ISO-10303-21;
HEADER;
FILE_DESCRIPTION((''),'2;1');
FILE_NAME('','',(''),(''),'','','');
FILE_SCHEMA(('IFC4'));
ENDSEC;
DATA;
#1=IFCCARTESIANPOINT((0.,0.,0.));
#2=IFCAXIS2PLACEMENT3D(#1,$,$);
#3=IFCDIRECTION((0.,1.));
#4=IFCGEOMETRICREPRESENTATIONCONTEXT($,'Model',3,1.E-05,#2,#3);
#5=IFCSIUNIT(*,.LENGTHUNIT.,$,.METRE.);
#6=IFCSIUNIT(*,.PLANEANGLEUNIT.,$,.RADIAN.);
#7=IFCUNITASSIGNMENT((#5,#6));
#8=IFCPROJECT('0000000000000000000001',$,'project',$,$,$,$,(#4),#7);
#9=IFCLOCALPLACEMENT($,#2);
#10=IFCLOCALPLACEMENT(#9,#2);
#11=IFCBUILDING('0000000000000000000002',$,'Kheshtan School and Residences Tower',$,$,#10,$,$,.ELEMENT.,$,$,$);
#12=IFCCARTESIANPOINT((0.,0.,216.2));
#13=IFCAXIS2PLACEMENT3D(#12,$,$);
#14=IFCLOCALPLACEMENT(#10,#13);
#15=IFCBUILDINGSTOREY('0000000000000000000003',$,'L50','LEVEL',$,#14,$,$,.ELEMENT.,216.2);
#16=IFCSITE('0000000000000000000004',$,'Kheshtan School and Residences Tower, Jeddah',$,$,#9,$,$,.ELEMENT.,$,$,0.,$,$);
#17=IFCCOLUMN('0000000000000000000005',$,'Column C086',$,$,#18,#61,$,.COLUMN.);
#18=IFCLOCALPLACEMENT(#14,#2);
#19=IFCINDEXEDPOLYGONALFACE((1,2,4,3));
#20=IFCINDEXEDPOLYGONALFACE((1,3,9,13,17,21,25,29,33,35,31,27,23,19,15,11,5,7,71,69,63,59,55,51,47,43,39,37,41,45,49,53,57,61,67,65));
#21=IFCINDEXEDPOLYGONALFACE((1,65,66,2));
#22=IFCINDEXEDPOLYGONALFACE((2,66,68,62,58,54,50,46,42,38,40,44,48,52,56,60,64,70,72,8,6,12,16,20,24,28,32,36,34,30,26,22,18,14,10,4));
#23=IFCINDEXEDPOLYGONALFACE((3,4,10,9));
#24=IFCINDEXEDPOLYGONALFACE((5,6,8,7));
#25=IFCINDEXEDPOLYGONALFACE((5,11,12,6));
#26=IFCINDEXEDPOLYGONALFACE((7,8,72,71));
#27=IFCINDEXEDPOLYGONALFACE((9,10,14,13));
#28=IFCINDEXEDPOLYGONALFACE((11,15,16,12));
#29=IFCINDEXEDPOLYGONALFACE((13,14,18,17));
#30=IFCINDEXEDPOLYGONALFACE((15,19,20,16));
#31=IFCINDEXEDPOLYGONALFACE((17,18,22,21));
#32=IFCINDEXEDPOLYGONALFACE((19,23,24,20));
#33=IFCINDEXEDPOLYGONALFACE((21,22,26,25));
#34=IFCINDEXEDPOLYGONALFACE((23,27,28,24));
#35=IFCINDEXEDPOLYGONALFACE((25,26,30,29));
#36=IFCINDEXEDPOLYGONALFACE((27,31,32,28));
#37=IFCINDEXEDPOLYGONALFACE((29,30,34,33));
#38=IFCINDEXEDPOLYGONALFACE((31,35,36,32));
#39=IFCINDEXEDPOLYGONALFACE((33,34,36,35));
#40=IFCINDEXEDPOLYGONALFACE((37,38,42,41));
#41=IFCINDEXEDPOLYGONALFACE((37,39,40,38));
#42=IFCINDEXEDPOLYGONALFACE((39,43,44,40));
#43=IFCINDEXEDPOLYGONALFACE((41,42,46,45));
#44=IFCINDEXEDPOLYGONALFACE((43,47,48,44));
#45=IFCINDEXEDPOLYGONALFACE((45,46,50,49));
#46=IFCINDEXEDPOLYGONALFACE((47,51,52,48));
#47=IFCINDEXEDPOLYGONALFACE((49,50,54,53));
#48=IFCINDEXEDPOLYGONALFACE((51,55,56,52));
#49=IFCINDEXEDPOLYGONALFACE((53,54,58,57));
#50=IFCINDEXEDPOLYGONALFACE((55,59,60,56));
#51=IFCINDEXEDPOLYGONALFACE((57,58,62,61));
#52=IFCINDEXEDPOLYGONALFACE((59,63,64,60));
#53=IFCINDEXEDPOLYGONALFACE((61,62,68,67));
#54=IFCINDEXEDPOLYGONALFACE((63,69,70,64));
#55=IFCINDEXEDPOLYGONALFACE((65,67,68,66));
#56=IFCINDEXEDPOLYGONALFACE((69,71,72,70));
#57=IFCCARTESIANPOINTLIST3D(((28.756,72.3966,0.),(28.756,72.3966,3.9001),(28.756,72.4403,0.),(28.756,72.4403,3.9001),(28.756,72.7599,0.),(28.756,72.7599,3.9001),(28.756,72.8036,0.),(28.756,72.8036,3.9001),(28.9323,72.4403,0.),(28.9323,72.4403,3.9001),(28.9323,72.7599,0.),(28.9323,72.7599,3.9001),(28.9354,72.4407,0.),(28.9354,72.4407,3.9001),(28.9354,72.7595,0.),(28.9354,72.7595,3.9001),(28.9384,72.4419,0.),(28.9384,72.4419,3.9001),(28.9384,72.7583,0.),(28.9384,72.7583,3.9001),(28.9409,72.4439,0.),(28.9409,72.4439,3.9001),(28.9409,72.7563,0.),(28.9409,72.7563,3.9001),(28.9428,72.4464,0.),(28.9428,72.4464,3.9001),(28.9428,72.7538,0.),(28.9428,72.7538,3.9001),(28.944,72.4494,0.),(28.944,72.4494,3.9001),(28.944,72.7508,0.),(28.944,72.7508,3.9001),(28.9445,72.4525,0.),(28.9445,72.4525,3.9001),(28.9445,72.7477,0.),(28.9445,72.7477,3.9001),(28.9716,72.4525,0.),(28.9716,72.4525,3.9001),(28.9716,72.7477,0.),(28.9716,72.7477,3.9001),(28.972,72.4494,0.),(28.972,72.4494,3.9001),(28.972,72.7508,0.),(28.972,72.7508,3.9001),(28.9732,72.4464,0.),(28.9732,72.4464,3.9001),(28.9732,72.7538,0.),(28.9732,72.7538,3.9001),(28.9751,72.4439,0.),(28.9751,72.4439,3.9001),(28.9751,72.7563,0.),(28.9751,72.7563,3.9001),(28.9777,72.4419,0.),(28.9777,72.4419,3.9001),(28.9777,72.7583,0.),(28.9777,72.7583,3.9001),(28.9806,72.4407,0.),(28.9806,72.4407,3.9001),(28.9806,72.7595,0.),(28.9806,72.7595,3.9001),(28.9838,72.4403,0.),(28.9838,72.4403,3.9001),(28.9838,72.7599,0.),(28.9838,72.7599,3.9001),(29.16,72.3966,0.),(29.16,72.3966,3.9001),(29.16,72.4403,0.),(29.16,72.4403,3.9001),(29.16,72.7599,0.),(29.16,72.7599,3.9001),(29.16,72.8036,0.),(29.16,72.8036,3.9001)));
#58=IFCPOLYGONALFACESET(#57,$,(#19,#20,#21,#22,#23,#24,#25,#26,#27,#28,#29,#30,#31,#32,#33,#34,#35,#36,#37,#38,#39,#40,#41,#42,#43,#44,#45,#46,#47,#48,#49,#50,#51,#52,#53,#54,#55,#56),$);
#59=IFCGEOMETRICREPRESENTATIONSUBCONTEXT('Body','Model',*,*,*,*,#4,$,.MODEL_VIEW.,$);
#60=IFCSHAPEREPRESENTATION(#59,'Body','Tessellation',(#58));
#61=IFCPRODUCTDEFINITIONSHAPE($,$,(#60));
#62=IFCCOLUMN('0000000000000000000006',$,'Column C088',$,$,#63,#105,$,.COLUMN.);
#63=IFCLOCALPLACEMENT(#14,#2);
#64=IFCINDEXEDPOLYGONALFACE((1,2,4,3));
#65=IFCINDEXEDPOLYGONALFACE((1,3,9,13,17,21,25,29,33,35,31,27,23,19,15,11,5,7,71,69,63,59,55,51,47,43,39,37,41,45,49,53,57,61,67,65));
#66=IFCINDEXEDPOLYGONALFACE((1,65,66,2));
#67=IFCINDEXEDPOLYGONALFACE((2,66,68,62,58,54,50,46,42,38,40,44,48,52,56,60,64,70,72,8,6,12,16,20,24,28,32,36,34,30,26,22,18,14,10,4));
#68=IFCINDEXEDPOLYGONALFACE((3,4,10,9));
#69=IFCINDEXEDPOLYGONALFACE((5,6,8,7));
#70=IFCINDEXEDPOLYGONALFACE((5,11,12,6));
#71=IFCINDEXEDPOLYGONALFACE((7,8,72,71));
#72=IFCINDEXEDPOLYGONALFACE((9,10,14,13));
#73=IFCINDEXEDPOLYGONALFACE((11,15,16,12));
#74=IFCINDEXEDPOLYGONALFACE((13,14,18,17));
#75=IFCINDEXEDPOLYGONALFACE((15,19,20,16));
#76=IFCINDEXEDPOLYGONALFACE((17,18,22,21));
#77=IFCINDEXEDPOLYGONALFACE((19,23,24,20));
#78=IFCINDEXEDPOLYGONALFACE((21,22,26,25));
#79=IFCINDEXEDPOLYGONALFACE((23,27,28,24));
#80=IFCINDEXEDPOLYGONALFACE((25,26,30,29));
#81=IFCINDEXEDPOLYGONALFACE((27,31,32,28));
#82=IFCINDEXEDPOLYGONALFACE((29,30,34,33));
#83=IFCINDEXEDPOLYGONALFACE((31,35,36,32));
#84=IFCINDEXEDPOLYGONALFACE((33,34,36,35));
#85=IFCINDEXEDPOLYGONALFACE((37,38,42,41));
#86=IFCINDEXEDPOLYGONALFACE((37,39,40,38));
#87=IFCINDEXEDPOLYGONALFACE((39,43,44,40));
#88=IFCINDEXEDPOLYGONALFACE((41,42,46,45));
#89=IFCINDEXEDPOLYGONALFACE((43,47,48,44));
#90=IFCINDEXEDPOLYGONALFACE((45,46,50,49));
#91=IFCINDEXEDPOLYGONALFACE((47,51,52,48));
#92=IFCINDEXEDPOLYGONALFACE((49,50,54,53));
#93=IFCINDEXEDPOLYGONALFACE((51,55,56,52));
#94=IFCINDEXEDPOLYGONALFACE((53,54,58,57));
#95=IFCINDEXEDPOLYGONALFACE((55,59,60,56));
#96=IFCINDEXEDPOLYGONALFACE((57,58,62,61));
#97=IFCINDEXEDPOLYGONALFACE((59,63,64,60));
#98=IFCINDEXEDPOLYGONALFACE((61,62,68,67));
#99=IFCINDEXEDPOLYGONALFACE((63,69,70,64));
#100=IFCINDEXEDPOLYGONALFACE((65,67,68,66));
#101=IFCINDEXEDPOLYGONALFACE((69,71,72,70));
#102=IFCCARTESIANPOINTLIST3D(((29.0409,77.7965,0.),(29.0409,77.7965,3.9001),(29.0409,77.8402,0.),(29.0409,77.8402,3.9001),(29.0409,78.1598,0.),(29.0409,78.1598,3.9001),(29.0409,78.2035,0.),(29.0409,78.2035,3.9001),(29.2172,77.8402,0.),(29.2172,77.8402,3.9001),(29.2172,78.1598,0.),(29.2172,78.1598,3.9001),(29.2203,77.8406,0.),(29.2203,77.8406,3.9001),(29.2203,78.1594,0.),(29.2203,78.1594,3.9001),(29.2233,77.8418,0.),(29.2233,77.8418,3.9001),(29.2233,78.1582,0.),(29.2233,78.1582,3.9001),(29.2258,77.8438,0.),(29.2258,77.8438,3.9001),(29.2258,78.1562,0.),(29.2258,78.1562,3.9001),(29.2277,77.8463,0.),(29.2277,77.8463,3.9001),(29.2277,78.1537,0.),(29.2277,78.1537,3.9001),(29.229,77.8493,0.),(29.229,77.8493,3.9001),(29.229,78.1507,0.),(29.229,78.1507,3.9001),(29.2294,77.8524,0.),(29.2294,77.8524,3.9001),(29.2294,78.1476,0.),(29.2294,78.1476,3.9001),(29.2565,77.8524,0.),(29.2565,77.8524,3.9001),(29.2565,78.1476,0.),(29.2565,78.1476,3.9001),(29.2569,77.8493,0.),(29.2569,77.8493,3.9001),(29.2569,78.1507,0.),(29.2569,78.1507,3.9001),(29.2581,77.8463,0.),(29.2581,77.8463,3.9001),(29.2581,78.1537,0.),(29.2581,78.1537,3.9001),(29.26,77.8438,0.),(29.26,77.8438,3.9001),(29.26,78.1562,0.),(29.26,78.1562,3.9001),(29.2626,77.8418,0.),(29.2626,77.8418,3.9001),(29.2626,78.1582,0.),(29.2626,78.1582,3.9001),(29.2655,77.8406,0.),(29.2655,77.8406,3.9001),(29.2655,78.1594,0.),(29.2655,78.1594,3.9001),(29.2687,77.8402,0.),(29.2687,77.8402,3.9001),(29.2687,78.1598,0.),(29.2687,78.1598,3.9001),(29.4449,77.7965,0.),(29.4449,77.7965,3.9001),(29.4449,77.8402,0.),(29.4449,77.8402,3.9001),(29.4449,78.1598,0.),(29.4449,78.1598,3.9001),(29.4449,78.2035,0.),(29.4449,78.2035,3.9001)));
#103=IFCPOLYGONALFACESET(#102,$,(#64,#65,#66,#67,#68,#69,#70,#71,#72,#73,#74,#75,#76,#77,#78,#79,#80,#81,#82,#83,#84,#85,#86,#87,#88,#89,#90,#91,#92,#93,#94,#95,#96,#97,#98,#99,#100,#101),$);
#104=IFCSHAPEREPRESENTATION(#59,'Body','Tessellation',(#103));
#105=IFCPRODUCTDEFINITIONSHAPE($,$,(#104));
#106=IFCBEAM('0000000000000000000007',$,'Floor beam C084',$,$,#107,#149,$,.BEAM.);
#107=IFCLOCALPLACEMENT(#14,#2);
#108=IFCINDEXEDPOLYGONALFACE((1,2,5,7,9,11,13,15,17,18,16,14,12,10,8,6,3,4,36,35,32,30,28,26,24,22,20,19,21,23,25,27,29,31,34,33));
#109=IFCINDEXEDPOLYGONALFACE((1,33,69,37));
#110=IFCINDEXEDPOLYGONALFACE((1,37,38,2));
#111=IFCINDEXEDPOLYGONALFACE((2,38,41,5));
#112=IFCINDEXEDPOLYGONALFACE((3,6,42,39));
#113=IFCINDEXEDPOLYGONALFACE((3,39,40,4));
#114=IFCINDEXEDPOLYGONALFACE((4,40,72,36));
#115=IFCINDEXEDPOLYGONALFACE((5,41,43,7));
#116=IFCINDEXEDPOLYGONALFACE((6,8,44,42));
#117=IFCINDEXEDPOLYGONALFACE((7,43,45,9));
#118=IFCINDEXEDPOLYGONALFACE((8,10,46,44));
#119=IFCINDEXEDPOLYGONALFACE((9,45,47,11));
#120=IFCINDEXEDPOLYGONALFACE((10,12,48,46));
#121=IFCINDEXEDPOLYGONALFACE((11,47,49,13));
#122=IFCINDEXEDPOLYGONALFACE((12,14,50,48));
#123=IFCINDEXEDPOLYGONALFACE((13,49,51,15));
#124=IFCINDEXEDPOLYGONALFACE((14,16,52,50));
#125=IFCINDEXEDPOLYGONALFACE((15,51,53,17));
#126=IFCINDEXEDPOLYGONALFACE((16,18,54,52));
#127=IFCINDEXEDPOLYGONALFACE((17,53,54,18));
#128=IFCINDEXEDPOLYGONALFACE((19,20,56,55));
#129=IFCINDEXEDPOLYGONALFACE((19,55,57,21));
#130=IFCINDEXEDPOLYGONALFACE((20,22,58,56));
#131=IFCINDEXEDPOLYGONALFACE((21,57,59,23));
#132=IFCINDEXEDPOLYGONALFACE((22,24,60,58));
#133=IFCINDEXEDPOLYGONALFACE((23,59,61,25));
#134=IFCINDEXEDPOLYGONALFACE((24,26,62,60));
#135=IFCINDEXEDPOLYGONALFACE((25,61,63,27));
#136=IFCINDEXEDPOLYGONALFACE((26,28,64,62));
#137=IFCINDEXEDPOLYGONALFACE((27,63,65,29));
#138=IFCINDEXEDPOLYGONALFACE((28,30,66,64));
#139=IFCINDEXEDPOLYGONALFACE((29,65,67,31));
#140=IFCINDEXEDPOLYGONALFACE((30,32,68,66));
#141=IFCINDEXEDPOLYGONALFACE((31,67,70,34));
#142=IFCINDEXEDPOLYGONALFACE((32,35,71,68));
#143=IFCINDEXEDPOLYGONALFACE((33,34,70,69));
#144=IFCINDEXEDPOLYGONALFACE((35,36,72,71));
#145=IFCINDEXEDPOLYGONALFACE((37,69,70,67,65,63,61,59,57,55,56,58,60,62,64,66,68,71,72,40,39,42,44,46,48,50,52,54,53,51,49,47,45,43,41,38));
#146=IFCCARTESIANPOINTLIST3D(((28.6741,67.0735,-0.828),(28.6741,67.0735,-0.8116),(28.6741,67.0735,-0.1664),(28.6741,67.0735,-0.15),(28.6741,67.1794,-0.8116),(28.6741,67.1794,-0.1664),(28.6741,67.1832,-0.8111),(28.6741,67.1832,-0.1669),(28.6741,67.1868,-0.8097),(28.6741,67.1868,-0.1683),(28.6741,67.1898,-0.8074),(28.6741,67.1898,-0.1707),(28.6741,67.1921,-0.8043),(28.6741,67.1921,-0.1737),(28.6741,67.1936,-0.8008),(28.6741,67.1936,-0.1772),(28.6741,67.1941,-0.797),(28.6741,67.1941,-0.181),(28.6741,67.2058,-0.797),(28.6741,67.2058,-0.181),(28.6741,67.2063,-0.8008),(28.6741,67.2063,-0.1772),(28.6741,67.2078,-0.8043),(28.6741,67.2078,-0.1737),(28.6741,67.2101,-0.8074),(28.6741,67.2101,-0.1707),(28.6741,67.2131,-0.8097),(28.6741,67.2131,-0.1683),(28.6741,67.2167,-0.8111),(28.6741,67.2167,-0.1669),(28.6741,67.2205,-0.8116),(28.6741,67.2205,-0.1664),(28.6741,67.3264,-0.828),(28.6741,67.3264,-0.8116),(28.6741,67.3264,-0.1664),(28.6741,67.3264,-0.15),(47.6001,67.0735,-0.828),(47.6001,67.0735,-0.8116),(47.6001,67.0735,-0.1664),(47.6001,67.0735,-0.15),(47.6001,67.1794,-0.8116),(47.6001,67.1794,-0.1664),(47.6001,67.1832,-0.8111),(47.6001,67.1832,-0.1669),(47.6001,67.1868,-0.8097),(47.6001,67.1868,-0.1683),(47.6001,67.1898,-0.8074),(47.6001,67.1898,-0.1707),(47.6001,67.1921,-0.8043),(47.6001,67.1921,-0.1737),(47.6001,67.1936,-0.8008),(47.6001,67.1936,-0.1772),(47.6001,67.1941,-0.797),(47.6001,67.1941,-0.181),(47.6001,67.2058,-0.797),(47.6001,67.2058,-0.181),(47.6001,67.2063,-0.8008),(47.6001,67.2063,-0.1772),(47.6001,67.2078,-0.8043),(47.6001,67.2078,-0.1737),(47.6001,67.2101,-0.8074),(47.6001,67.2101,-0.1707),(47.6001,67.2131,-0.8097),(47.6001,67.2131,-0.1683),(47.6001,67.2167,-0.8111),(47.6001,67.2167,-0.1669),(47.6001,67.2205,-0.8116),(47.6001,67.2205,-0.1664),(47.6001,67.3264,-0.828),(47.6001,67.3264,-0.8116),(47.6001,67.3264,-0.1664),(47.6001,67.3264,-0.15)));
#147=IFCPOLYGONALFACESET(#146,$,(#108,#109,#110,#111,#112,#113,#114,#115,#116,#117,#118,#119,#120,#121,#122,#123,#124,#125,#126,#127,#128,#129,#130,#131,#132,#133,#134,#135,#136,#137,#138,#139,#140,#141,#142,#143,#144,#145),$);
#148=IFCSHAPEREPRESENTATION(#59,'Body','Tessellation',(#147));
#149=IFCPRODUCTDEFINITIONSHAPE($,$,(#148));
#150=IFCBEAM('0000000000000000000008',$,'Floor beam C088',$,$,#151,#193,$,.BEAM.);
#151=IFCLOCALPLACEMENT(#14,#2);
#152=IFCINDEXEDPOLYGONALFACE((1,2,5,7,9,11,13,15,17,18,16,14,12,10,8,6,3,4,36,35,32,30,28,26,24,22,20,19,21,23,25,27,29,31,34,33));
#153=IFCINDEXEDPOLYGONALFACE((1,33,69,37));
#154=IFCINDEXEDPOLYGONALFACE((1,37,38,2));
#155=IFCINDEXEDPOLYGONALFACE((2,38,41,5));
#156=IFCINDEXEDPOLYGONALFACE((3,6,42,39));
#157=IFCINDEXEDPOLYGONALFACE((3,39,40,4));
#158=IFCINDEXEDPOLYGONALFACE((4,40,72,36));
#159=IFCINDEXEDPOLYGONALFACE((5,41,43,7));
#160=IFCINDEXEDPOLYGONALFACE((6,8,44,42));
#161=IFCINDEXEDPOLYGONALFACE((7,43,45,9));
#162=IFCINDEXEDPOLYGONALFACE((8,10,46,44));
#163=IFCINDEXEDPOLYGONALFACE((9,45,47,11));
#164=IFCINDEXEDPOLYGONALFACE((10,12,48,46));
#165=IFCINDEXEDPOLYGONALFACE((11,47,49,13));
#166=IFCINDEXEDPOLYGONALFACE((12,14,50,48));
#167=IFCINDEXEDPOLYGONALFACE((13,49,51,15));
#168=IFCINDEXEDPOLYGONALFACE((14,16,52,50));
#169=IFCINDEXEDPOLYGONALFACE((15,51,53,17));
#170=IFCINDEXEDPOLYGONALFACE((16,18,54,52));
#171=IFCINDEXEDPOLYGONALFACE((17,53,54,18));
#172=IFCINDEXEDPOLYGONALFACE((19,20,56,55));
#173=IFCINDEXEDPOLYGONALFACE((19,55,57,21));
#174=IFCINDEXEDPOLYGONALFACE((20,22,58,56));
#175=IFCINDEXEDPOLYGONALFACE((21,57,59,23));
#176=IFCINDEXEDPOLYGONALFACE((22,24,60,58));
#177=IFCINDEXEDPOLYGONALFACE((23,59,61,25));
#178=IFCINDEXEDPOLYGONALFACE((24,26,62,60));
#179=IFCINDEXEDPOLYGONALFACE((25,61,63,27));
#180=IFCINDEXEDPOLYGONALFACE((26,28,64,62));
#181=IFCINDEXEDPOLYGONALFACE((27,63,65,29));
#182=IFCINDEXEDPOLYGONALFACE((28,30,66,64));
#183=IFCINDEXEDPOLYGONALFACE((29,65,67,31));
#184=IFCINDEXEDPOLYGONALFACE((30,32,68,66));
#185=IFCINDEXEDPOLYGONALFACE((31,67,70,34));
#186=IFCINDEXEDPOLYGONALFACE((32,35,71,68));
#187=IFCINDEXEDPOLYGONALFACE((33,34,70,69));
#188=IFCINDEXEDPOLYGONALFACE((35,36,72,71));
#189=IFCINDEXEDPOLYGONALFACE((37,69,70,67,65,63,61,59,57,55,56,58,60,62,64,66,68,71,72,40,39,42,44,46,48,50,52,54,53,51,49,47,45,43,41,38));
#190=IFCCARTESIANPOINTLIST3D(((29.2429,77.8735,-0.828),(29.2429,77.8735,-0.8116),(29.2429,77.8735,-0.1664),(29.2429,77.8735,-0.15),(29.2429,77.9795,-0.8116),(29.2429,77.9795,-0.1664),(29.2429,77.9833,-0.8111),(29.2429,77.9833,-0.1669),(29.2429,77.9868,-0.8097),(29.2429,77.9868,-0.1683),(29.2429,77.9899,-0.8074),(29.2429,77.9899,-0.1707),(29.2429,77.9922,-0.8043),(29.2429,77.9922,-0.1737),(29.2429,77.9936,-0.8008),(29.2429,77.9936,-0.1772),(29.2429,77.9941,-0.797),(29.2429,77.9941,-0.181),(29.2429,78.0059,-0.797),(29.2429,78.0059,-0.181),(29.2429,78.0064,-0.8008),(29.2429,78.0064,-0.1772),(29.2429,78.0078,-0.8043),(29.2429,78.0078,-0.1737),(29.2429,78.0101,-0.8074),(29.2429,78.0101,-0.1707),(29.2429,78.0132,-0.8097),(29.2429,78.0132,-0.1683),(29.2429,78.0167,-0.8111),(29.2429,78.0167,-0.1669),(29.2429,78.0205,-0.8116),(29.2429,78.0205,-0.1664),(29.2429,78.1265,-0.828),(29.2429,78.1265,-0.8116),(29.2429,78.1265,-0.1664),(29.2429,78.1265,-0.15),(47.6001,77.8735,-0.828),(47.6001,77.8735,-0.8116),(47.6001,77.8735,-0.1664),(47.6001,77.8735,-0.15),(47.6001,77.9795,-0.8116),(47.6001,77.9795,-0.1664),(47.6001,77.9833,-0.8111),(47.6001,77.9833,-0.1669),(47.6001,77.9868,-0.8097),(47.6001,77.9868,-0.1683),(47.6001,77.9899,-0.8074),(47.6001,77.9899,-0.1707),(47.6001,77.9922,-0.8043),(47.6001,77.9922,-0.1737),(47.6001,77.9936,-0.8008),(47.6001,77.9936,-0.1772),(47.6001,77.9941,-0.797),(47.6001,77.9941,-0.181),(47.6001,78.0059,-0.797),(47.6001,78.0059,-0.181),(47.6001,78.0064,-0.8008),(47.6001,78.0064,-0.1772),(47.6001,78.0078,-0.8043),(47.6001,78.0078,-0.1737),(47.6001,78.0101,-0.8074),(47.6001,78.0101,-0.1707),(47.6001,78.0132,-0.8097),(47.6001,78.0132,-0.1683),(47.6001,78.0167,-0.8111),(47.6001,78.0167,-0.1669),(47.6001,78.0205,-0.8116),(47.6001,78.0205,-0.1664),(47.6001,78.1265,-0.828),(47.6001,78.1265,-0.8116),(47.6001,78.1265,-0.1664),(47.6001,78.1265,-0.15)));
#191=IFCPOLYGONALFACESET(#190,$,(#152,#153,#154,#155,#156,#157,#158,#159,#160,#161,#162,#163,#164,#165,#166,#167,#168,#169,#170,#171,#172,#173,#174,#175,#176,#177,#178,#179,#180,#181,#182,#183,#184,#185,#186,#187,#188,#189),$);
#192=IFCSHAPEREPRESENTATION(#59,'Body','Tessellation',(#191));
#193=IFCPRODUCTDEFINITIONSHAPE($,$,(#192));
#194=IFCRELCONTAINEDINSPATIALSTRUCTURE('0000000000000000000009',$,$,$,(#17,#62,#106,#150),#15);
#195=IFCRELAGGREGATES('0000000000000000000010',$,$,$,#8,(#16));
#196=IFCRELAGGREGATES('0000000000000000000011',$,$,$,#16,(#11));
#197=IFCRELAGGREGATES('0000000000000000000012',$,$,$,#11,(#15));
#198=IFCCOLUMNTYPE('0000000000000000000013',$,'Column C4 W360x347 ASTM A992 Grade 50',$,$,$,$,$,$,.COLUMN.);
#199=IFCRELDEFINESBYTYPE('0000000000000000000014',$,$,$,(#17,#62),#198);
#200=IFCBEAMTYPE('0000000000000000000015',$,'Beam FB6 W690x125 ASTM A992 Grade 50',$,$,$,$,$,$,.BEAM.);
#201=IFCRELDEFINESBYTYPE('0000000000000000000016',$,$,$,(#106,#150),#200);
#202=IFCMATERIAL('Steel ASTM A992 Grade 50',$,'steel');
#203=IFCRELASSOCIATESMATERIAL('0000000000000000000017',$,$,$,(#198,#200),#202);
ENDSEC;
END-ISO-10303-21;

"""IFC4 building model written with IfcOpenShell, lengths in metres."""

from ifc_helpers import new_model, si_unit, direction, frame, origin, origin_2d, place, context, subcontext, project, spatial, i_section, extrude, material, material_profile, profile_set, type_object, element, save


model = new_model("IFC4")

# Units and contexts
model_context = context("Model", 3, precision=1e-05, world=origin(), true_north=direction((0.0, 1.0)))
body_context = subcontext(model_context, "Body", "Model", "MODEL_VIEW")
ifc_project = project(units=[si_unit("LENGTHUNIT", "METRE"), si_unit("PLANEANGLEUNIT", "RADIAN")], contexts=[model_context])

# Site, building, storey
site_placement = place(None, origin())
site = spatial("IfcSite", under=ifc_project, at=site_placement, Name="Kheshtan School and Residences Tower, Jeddah", CompositionType="ELEMENT", RefElevation=0.0)
building_placement = place(site_placement, origin())
building = spatial("IfcBuilding", under=site, at=building_placement, Name="Kheshtan School and Residences Tower", CompositionType="ELEMENT")
storey_placement = place(building_placement, frame((0.0, 0.0, 216.2)))
storey = spatial("IfcBuildingStorey", under=building, at=storey_placement, Name="L50", Description="LEVEL", CompositionType="ELEMENT", Elevation=216.2)

# Columns
ifc_material_1 = material(Name="Steel ASTM A992 Grade 50", Category="steel")
ifc_material_profile_1 = material_profile(ifc_material_1, i_section(OverallWidth=0.4041, OverallDepth=0.407, WebThickness=0.0271, FlangeThickness=0.0437, FilletRadius=0.0122, at=origin_2d()), Name="W360x347")
ifc_profile_set_1 = profile_set([ifc_material_profile_1], Name="Steel ASTM A992 Grade 50")
column_type = type_object("IfcColumnType", Name="Column C4 W360x347 ASTM A992 Grade 50", PredefinedType="COLUMN", material=ifc_profile_set_1)
for number, where, z_axis, x_axis, name in (
    (1, (28.958, 72.6001, 0.0), (0.0, 0.0, 1.0), (1.0, 0.0, 0.0), "Column C086"),
    (2, (29.2429, 78.0, 0.0), (0.0, 0.0, 1.0), (1.0, 0.0, 0.0), "Column C088"),
):
    element("IfcColumn", number, at=place(storey_placement, frame(where, z_axis=z_axis, x_axis=x_axis)), inside=storey, type_object=column_type, Name=name, PredefinedType="COLUMN", context=body_context, shape_type="SweptSolid", body=[
        extrude(i_section(OverallWidth=0.4041, OverallDepth=0.407, WebThickness=0.0271, FlangeThickness=0.0437, FilletRadius=0.0122, at=origin_2d()), origin(), (0.0, 0.0, 1.0), 3.9001),
    ])

# Beams
ifc_material_profile_2 = material_profile(ifc_material_1, i_section(OverallWidth=0.2529, OverallDepth=0.678, WebThickness=0.0117, FlangeThickness=0.0164, FilletRadius=0.0146, at=origin_2d()), Name="W690x125")
ifc_profile_set_2 = profile_set([ifc_material_profile_2], Name="Steel ASTM A992 Grade 50")
beam_type_1 = type_object("IfcBeamType", Name="Beam FB6 W690x125 ASTM A992 Grade 50", PredefinedType="BEAM", material=ifc_profile_set_2)
beam_1_placement = place(storey_placement, frame((28.6741, 67.2, -0.489), z_axis=(1.0, 0.0, 0.0), x_axis=(0.0, 1.0, 0.0)))
element("IfcBeam", 3, at=beam_1_placement, inside=storey, type_object=beam_type_1, Name="Floor beam C084", PredefinedType="BEAM", context=body_context, shape_type="SweptSolid", body=[
    extrude(i_section(OverallWidth=0.2529, OverallDepth=0.678, WebThickness=0.0117, FlangeThickness=0.0164, FilletRadius=0.0146, at=origin_2d()), origin(), (0.0, 0.0, 1.0), 18.926),
])
beam_2_placement = place(storey_placement, frame((29.2429, 78.0, -0.489), z_axis=(1.0, 0.0, 0.0), x_axis=(0.0, 1.0, 0.0)))
element("IfcBeam", 4, at=beam_2_placement, inside=storey, type_object=beam_type_1, Name="Floor beam C088", PredefinedType="BEAM", context=body_context, shape_type="SweptSolid", body=[
    extrude(i_section(OverallWidth=0.2529, OverallDepth=0.678, WebThickness=0.0117, FlangeThickness=0.0164, FilletRadius=0.0146, at=origin_2d()), origin(), (0.0, 0.0, 1.0), 18.3572),
])

save(model, "model.ifc")
